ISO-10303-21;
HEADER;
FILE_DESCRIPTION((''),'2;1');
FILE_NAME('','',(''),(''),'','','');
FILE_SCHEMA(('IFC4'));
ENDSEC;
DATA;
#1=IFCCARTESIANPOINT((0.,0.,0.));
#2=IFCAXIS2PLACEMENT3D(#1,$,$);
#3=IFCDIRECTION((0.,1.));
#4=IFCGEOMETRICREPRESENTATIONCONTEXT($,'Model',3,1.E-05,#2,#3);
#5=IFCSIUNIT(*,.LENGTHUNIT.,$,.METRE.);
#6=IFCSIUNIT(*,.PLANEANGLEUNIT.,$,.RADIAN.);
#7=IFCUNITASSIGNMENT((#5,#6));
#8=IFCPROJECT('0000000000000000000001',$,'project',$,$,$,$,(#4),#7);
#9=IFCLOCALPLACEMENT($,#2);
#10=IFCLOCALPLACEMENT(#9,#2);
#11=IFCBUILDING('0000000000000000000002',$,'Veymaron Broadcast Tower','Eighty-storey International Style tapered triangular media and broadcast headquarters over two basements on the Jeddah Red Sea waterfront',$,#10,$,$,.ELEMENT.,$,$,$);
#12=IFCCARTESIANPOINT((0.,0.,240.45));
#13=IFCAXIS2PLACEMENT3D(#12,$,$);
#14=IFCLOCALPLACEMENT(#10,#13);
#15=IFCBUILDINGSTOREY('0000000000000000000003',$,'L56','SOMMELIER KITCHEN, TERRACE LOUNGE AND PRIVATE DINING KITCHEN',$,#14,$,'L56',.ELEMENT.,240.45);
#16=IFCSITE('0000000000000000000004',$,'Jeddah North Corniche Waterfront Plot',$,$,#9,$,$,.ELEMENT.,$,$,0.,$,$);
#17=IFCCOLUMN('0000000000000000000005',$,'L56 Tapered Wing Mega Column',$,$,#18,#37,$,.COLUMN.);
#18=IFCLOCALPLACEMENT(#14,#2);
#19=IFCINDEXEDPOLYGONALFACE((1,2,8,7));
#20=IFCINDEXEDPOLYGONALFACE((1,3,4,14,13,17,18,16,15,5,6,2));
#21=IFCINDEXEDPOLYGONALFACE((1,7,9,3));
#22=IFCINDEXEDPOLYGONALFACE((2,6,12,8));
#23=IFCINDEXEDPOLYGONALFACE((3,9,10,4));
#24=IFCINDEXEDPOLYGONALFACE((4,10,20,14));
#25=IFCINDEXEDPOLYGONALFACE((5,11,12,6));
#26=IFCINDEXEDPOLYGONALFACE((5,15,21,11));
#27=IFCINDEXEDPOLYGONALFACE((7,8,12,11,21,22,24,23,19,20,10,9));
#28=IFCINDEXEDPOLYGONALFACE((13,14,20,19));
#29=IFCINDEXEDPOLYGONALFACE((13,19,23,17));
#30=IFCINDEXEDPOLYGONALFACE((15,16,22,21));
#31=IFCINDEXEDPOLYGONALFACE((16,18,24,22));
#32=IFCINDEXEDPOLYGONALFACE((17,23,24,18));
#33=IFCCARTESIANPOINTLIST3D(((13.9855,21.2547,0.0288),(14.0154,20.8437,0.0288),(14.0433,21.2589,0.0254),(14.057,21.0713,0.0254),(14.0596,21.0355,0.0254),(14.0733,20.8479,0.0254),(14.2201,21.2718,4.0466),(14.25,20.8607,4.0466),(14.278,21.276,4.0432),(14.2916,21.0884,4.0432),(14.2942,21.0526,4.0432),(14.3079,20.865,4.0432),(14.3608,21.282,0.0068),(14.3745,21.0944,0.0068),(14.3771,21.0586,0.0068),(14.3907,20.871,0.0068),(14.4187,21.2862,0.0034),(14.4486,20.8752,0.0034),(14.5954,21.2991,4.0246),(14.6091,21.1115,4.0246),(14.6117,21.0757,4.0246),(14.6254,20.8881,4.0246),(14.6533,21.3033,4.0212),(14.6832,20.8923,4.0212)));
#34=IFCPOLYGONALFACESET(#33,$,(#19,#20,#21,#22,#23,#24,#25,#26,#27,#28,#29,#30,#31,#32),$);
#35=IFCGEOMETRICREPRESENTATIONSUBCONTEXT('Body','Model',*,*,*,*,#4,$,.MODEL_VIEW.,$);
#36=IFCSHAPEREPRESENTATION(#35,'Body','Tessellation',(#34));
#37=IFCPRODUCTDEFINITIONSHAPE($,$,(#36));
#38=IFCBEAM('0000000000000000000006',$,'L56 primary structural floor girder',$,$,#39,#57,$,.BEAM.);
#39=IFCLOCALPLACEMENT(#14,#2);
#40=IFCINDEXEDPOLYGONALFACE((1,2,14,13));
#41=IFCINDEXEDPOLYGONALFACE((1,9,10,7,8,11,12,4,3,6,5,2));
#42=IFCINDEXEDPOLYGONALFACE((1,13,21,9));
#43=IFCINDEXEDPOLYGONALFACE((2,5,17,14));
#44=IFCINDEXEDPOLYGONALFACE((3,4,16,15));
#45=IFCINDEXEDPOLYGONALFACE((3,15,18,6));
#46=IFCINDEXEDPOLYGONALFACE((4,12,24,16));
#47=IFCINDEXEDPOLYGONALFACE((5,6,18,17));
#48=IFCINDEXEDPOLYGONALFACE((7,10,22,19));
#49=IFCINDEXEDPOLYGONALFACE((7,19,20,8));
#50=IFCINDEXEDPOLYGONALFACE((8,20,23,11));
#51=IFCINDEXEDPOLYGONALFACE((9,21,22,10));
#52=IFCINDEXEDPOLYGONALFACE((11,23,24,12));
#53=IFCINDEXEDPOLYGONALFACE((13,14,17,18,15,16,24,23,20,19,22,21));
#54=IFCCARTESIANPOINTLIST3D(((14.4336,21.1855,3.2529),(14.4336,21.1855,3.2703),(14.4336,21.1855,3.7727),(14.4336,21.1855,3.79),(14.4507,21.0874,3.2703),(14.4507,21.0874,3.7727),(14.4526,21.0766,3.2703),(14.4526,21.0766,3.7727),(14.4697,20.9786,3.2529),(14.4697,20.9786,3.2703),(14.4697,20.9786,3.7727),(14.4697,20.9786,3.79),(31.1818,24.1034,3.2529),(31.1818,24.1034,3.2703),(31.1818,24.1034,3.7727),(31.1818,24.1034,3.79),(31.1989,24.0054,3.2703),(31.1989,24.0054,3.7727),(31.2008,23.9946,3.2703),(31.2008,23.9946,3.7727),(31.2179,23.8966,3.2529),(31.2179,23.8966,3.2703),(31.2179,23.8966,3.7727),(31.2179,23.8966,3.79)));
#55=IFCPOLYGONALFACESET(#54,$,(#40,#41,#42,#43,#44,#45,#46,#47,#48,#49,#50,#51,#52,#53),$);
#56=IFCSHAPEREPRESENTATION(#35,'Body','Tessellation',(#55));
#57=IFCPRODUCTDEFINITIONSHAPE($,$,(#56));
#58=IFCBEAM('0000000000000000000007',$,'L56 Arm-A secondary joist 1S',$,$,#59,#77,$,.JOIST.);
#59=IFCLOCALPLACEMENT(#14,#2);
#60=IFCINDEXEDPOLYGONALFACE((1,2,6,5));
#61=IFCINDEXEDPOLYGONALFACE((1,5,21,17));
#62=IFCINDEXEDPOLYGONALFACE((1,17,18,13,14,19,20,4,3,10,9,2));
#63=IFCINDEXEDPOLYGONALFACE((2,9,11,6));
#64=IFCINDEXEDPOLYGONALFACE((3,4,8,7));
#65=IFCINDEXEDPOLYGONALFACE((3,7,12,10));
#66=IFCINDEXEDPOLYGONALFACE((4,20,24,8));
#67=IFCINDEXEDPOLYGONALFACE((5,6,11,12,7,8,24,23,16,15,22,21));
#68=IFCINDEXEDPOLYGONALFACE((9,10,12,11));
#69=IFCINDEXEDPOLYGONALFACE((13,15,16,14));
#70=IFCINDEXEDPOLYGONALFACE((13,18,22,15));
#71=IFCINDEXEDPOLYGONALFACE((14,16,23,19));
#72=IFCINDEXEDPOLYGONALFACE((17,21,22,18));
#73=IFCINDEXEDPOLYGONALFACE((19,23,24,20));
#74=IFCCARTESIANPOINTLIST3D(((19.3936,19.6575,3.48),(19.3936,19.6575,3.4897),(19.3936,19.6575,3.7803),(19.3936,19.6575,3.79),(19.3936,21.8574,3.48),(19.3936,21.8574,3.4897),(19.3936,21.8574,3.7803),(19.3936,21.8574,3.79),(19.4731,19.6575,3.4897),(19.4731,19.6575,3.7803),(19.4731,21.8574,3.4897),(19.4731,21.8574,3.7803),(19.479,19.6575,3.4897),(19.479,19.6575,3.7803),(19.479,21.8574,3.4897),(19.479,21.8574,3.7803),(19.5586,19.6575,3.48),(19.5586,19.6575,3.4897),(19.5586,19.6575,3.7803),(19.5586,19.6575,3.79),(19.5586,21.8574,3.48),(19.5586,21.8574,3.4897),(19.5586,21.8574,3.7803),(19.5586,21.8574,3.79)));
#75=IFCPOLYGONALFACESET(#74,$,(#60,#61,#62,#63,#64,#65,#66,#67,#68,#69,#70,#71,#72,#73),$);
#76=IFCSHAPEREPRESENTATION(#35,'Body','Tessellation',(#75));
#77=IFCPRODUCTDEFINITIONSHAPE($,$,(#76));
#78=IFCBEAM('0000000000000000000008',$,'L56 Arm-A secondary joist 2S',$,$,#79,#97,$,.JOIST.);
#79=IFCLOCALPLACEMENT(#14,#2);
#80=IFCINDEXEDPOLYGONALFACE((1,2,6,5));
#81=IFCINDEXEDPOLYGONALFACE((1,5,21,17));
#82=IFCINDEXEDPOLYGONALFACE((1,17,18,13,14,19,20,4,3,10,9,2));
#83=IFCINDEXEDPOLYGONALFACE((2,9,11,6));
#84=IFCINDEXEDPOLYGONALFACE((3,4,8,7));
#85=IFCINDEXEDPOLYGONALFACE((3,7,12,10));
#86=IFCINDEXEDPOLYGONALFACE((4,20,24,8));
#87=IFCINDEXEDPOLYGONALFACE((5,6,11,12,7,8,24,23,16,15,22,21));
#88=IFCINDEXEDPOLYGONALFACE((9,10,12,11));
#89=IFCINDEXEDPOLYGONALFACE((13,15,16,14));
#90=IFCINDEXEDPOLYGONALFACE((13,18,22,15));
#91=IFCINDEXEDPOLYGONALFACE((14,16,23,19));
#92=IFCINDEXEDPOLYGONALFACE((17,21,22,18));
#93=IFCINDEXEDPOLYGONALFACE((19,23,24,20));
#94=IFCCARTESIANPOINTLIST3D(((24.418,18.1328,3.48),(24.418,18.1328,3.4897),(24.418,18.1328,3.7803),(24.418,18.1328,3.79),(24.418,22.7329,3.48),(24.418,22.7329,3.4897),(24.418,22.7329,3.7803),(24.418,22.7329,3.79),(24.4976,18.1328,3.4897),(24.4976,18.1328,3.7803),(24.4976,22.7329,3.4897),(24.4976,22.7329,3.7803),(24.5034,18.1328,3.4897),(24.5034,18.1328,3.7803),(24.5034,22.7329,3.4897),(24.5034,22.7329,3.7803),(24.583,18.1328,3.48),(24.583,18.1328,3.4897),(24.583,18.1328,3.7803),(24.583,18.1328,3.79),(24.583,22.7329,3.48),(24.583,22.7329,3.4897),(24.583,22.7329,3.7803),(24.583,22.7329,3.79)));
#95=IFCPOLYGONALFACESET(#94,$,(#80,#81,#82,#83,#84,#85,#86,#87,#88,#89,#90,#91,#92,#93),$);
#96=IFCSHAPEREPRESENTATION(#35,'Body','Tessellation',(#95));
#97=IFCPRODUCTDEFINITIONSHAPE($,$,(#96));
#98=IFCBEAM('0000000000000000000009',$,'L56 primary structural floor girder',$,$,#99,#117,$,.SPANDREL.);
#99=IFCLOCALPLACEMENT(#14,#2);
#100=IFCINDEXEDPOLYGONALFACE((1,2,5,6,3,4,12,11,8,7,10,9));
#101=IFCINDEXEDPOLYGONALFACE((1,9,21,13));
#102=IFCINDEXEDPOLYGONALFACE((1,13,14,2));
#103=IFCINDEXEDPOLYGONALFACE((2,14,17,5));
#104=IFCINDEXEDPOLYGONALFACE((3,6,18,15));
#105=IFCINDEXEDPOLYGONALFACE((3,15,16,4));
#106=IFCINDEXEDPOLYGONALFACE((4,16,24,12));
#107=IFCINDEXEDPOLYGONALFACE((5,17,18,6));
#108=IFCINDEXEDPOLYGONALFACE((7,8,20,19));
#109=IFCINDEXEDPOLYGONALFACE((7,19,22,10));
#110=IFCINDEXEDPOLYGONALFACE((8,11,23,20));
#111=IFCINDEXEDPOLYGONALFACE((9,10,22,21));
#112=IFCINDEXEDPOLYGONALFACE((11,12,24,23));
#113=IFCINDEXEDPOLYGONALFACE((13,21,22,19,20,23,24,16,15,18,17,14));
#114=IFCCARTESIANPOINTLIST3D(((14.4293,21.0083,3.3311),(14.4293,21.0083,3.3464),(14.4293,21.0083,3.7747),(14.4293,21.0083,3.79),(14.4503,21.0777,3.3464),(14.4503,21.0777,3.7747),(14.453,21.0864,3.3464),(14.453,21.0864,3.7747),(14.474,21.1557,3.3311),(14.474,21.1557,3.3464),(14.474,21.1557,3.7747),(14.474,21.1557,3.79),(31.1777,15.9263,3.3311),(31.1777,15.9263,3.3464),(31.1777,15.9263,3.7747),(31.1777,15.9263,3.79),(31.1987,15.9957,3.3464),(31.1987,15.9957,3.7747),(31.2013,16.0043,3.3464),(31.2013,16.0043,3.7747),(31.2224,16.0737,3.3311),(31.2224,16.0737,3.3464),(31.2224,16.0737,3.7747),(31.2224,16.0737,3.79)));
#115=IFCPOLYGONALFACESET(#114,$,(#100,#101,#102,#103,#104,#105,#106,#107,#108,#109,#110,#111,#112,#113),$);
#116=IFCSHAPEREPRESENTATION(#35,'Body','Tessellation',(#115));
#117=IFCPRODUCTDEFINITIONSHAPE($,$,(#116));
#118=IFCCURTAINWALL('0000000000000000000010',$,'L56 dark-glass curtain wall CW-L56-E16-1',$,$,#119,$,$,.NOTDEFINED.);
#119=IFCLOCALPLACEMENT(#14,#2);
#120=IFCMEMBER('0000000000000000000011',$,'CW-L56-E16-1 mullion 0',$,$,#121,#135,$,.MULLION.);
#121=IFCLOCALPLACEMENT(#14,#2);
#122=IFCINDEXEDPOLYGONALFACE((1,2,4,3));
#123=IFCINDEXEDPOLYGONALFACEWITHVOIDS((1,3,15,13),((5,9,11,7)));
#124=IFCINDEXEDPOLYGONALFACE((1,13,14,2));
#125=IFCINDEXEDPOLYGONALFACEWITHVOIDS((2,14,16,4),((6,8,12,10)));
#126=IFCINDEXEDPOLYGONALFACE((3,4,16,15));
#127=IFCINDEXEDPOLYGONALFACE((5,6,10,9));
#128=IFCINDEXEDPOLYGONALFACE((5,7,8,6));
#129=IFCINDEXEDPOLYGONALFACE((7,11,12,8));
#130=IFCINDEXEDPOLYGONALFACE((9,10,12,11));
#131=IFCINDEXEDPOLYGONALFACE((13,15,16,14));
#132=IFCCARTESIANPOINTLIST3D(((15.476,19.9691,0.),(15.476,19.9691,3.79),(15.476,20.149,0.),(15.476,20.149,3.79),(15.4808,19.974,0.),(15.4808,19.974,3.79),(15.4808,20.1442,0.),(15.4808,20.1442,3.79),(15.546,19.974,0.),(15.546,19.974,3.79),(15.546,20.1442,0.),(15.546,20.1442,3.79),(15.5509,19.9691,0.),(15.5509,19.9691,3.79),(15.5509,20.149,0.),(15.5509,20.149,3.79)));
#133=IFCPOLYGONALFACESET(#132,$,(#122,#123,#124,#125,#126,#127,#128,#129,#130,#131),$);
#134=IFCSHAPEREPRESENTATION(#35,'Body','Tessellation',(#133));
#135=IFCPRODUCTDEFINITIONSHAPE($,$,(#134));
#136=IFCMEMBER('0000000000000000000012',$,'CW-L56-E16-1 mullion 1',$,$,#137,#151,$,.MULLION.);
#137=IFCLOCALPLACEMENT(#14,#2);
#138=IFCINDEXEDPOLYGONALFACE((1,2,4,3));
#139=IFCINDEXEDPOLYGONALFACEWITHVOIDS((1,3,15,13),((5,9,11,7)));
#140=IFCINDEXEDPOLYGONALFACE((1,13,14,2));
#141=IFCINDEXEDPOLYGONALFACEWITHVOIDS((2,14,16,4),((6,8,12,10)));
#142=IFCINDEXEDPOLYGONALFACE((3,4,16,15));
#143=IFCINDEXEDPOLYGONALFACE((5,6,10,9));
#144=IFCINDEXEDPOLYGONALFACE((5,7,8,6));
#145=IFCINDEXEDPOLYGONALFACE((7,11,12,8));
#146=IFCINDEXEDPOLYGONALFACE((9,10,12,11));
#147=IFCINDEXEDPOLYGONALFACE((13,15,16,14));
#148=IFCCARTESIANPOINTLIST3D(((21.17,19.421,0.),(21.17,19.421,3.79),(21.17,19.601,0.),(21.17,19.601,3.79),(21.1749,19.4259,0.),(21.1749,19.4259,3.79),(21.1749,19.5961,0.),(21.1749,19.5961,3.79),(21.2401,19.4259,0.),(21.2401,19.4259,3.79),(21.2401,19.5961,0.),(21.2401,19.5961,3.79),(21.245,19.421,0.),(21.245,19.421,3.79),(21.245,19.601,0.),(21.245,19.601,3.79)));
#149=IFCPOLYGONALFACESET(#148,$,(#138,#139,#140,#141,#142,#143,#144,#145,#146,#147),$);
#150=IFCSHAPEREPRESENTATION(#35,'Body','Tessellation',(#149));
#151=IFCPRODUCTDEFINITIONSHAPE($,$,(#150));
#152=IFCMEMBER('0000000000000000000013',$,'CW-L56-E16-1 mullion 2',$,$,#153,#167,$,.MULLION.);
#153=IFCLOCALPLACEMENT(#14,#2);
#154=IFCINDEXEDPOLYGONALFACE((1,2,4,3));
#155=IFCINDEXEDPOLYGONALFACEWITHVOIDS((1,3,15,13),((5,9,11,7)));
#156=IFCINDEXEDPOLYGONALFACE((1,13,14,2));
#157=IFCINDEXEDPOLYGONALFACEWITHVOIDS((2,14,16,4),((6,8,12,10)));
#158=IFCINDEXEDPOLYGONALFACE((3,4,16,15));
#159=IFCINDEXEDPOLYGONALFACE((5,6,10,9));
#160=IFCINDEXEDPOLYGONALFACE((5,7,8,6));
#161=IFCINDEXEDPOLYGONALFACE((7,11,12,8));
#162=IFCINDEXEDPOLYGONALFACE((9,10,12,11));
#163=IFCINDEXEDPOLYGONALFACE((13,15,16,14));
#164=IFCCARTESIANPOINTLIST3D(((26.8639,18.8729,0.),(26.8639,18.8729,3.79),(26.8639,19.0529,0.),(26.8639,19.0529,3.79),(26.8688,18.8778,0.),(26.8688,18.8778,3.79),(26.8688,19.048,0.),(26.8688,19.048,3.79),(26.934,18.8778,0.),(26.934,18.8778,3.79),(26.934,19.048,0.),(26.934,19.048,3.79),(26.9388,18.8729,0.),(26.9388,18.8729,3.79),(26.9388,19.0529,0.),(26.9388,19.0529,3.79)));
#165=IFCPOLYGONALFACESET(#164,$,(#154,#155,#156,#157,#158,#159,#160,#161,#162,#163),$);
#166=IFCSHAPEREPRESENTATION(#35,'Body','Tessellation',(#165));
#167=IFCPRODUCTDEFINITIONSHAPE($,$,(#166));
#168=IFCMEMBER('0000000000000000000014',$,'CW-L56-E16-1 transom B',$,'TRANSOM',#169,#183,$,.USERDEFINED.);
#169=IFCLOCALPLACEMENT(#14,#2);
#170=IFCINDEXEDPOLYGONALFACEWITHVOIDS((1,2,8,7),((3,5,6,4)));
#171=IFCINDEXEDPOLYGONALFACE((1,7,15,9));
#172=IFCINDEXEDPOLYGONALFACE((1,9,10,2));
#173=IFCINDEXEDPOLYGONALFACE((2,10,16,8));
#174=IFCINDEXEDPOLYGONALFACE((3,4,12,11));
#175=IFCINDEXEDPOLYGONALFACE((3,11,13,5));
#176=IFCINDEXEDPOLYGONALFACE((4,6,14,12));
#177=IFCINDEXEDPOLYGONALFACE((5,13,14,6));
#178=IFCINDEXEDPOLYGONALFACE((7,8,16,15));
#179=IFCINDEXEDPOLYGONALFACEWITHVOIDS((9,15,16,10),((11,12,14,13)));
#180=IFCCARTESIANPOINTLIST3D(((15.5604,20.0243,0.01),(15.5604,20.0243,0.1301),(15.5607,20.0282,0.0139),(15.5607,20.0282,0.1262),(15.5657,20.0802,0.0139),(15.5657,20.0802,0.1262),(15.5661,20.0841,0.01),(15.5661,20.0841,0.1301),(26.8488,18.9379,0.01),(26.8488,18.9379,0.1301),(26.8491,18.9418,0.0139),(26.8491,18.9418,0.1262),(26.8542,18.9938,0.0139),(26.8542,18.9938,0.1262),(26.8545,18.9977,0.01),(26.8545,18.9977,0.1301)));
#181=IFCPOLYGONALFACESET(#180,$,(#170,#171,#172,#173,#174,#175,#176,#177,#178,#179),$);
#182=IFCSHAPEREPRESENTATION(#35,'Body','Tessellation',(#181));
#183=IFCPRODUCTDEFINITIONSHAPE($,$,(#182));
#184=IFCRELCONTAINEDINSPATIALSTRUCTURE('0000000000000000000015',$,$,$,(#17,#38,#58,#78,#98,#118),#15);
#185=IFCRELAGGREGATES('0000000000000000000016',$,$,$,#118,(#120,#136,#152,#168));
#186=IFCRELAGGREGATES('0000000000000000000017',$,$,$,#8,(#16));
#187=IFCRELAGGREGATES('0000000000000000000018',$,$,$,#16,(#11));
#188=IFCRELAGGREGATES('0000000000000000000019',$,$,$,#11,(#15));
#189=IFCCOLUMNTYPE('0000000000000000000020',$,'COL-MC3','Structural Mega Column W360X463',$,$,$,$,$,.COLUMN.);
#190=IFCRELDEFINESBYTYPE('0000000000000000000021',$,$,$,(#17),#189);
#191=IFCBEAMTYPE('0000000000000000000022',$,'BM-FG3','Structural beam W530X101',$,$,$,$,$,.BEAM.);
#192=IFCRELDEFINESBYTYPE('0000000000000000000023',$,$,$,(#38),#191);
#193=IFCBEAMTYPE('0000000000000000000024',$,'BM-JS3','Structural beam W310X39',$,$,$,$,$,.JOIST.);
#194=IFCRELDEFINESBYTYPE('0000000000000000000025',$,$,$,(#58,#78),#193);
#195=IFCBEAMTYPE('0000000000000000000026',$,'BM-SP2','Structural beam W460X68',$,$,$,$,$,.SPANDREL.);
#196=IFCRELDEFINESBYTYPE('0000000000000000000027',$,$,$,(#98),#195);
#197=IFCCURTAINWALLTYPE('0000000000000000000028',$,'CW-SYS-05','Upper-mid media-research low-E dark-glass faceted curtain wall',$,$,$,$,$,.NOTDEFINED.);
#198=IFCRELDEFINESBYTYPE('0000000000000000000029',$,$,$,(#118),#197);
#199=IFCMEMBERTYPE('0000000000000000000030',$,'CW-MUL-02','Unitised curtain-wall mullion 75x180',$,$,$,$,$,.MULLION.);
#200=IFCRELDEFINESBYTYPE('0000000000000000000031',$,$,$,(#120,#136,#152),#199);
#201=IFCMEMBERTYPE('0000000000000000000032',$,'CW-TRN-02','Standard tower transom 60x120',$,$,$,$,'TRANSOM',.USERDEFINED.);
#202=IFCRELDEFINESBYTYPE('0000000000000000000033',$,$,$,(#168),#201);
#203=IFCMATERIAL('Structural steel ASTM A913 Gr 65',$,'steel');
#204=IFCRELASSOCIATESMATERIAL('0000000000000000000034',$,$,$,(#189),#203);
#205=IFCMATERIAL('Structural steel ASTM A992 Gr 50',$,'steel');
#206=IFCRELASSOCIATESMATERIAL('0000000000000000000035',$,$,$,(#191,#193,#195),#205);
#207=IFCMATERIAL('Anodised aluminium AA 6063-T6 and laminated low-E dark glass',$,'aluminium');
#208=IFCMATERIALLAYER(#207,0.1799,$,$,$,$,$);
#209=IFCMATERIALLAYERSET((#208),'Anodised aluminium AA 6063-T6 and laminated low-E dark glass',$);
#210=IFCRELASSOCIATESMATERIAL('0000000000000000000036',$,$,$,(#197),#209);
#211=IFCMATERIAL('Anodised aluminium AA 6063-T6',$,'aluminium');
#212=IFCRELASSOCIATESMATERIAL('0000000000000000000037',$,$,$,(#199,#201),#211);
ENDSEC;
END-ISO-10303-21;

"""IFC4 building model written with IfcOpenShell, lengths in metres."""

from ifc_helpers import new_model, si_unit, direction, frame, origin, origin_2d, place, context, subcontext, project, spatial, hollow_rectangle, i_section, extrude, material, layer, layer_set, material_profile, profile_set, type_object, element, aggregate, save


model = new_model("IFC4")

# Units and contexts
model_context = context("Model", 3, precision=1e-05, world=origin(), true_north=direction((0.0, 1.0)))
body_context = subcontext(model_context, "Body", "Model", "MODEL_VIEW")
ifc_project = project(units=[si_unit("LENGTHUNIT", "METRE"), si_unit("PLANEANGLEUNIT", "RADIAN")], contexts=[model_context])

# Site, building, storey
site_placement = place(None, origin())
site = spatial("IfcSite", under=ifc_project, at=site_placement, Name="Jeddah North Corniche Waterfront Plot", CompositionType="ELEMENT", RefElevation=0.0)
building_placement = place(site_placement, origin())
building = spatial("IfcBuilding", under=site, at=building_placement, Name="Veymaron Broadcast Tower", Description="Eighty-storey International Style tapered triangular media and broadcast headquarters over two basements on the Jeddah Red Sea waterfront", CompositionType="ELEMENT")
storey_placement = place(building_placement, frame((0.0, 0.0, 240.45)))
storey = spatial("IfcBuildingStorey", under=building, at=storey_placement, Name="L56", Description="SOMMELIER KITCHEN, TERRACE LOUNGE AND PRIVATE DINING KITCHEN", LongName="L56", CompositionType="ELEMENT", Elevation=240.45)

# Column
ifc_material_1 = material(Name="Structural steel ASTM A913 Gr 65", Category="steel")
ifc_material_profile_1 = material_profile(ifc_material_1, i_section(OverallWidth=0.4121, OverallDepth=0.4351, WebThickness=0.0359, FlangeThickness=0.0581, at=origin_2d()), Name="W360X463")
ifc_profile_set_1 = profile_set([ifc_material_profile_1], Name="Structural steel ASTM A913 Gr 65")
column_type = type_object("IfcColumnType", Name="COL-MC3", Description="Structural Mega Column W360X463", PredefinedType="COLUMN", material=ifc_profile_set_1)
column_placement = place(storey_placement, frame((14.217, 21.0649, 0.0161), z_axis=(0.058295, 0.004246, 0.99829), x_axis=(-0.072648, 0.997358, 0.0)))
element("IfcColumn", 1, at=column_placement, inside=storey, type_object=column_type, Name="L56 Tapered Wing Mega Column", PredefinedType="COLUMN", context=body_context, shape_type="SweptSolid", body=[
    extrude(i_section(OverallWidth=0.4121, OverallDepth=0.4351, WebThickness=0.0359, FlangeThickness=0.0581, at=origin_2d()), origin(), (0.0, 0.0, 1.0), 4.0247),
])

# Beams
ifc_material_2 = material(Name="Structural steel ASTM A992 Gr 50", Category="steel")
ifc_material_profile_2 = material_profile(ifc_material_2, i_section(OverallWidth=0.21, OverallDepth=0.5371, WebThickness=0.011, FlangeThickness=0.0173, at=origin_2d()), Name="W530X101")
ifc_profile_set_2 = profile_set([ifc_material_profile_2], Name="Structural steel ASTM A992 Gr 50")
beam_type_1 = type_object("IfcBeamType", Name="BM-FG3", Description="Structural beam W530X101", PredefinedType="BEAM", material=ifc_profile_set_2)
beam_1_placement = place(storey_placement, frame((14.4517, 21.082, 3.5215), z_axis=(0.98516, 0.171639, 0.0), x_axis=(-0.171639, 0.98516, 0.0)))
element("IfcBeam", 2, at=beam_1_placement, inside=storey, type_object=beam_type_1, Name="L56 primary structural floor girder", PredefinedType="BEAM", context=body_context, shape_type="SweptSolid", body=[
    extrude(i_section(OverallWidth=0.21, OverallDepth=0.5371, WebThickness=0.011, FlangeThickness=0.0173, at=origin_2d()), origin(), (0.0, 0.0, 1.0), 17.0005),
])
ifc_material_profile_3 = material_profile(ifc_material_2, i_section(OverallWidth=0.165, OverallDepth=0.3101, WebThickness=0.0059, FlangeThickness=0.0098, at=origin_2d()), Name="W310X39")
ifc_profile_set_3 = profile_set([ifc_material_profile_3], Name="Structural steel ASTM A992 Gr 50")
beam_type_2 = type_object("IfcBeamType", Name="BM-JS3", Description="Structural beam W310X39", PredefinedType="JOIST", material=ifc_profile_set_3)
beam_2_placement = place(storey_placement, frame((19.4761, 19.6575, 3.635), z_axis=(0.0, 1.0, 0.0), x_axis=(-1.0, 0.0, 0.0)))
element("IfcBeam", 3, at=beam_2_placement, inside=storey, type_object=beam_type_2, Name="L56 Arm-A secondary joist 1S", PredefinedType="JOIST", context=body_context, shape_type="SweptSolid", body=[
    extrude(i_section(OverallWidth=0.165, OverallDepth=0.3101, WebThickness=0.0059, FlangeThickness=0.0098, at=origin_2d()), origin(), (0.0, 0.0, 1.0), 2.2),
])
beam_3_placement = place(storey_placement, frame((24.5005, 18.1328, 3.635), z_axis=(0.0, 1.0, 0.0), x_axis=(-1.0, 0.0, 0.0)))
element("IfcBeam", 4, at=beam_3_placement, inside=storey, type_object=beam_type_2, Name="L56 Arm-A secondary joist 2S", PredefinedType="JOIST", context=body_context, shape_type="SweptSolid", body=[
    extrude(i_section(OverallWidth=0.165, OverallDepth=0.3101, WebThickness=0.0059, FlangeThickness=0.0098, at=origin_2d()), origin(), (0.0, 0.0, 1.0), 4.6001),
])
ifc_material_profile_4 = material_profile(ifc_material_2, i_section(OverallWidth=0.1541, OverallDepth=0.459, WebThickness=0.009, FlangeThickness=0.0154, at=origin_2d()), Name="W460X68")
ifc_profile_set_4 = profile_set([ifc_material_profile_4], Name="Structural steel ASTM A992 Gr 50")
beam_type_3 = type_object("IfcBeamType", Name="BM-SP2", Description="Structural beam W460X68", PredefinedType="SPANDREL", material=ifc_profile_set_4)
beam_4_placement = place(storey_placement, frame((14.4517, 21.082, 3.5605), z_axis=(0.956917, -0.290363, 0.0), x_axis=(0.290363, 0.956917, 0.0)))
element("IfcBeam", 5, at=beam_4_placement, inside=storey, type_object=beam_type_3, Name="L56 primary structural floor girder", PredefinedType="SPANDREL", context=body_context, shape_type="SweptSolid", body=[
    extrude(i_section(OverallWidth=0.1541, OverallDepth=0.459, WebThickness=0.009, FlangeThickness=0.0154, at=origin_2d()), origin(), (0.0, 0.0, 1.0), 17.5024),
])

# Curtain wall, members
ifc_material_3 = material(Name="Anodised aluminium AA 6063-T6 and laminated low-E dark glass", Category="aluminium")
ifc_layer_1 = layer(ifc_material_3, 0.1799)
ifc_layer_set_1 = layer_set([ifc_layer_1], Name="Anodised aluminium AA 6063-T6 and laminated low-E dark glass")
curtain_wall_type = type_object("IfcCurtainWallType", Name="CW-SYS-05", Description="Upper-mid media-research low-E dark-glass faceted curtain wall", PredefinedType="NOTDEFINED", material=ifc_layer_set_1)
curtain_wall_placement = place(storey_placement, origin())
curtain_wall = element("IfcCurtainWall", 6, at=curtain_wall_placement, inside=storey, type_object=curtain_wall_type, Name="L56 dark-glass curtain wall CW-L56-E16-1", PredefinedType="NOTDEFINED")
ifc_material_4 = material(Name="Anodised aluminium AA 6063-T6", Category="aluminium")
ifc_material_profile_5 = material_profile(ifc_material_4, hollow_rectangle(XDim=0.075, YDim=0.1799, WallThickness=0.0049, at=origin_2d()), Name="AL180X75X5")
ifc_profile_set_5 = profile_set([ifc_material_profile_5], Name="Anodised aluminium AA 6063-T6")
member_type_1 = type_object("IfcMemberType", Name="CW-MUL-02", Description="Unitised curtain-wall mullion 75x180", PredefinedType="MULLION", material=ifc_profile_set_5)
member_1_placement = place(storey_placement, frame((15.5134, 20.0591, 0.0), z_axis=(0.0, 0.0, 1.0), x_axis=(1.0, 0.0, 0.0)))
member_1 = element("IfcMember", 7, at=member_1_placement, type_object=member_type_1, Name="CW-L56-E16-1 mullion 0", PredefinedType="MULLION", context=body_context, shape_type="SweptSolid", body=[
    extrude(hollow_rectangle(XDim=0.075, YDim=0.1799, WallThickness=0.0049, at=origin_2d()), origin(), (0.0, 0.0, 1.0), 3.79),
])
member_2_placement = place(storey_placement, frame((21.2075, 19.511, 0.0), z_axis=(0.0, 0.0, 1.0), x_axis=(1.0, 0.0, 0.0)))
member_2 = element("IfcMember", 8, at=member_2_placement, type_object=member_type_1, Name="CW-L56-E16-1 mullion 1", PredefinedType="MULLION", context=body_context, shape_type="SweptSolid", body=[
    extrude(hollow_rectangle(XDim=0.075, YDim=0.1799, WallThickness=0.0049, at=origin_2d()), origin(), (0.0, 0.0, 1.0), 3.79),
])
member_3_placement = place(storey_placement, frame((26.9014, 18.9629, 0.0), z_axis=(0.0, 0.0, 1.0), x_axis=(1.0, 0.0, 0.0)))
member_3 = element("IfcMember", 9, at=member_3_placement, type_object=member_type_1, Name="CW-L56-E16-1 mullion 2", PredefinedType="MULLION", context=body_context, shape_type="SweptSolid", body=[
    extrude(hollow_rectangle(XDim=0.075, YDim=0.1799, WallThickness=0.0049, at=origin_2d()), origin(), (0.0, 0.0, 1.0), 3.79),
])
ifc_material_profile_6 = material_profile(ifc_material_4, hollow_rectangle(XDim=0.0601, YDim=0.1201, WallThickness=0.0039, at=origin_2d()), Name="AL120X60X4")
ifc_profile_set_6 = profile_set([ifc_material_profile_6], Name="Anodised aluminium AA 6063-T6")
member_type_2 = type_object("IfcMemberType", Name="CW-TRN-02", Description="Standard tower transom 60x120", ElementType="TRANSOM", PredefinedType="USERDEFINED", material=ifc_profile_set_6)
member_4_placement = place(storey_placement, frame((15.5632, 20.0542, 0.0701), z_axis=(0.995401, -0.095801, 0.0), x_axis=(0.095801, 0.995401, 0.0)))
member_4 = element("IfcMember", 10, at=member_4_placement, type_object=member_type_2, Name="CW-L56-E16-1 transom B", ObjectType="TRANSOM", PredefinedType="USERDEFINED", context=body_context, shape_type="SweptSolid", body=[
    extrude(hollow_rectangle(XDim=0.0601, YDim=0.1201, WallThickness=0.0039, at=origin_2d()), origin(), (0.0, 0.0, 1.0), 11.3406),
])
aggregate(curtain_wall, [member_1, member_2, member_3, member_4])

save(model, "model.ifc")
